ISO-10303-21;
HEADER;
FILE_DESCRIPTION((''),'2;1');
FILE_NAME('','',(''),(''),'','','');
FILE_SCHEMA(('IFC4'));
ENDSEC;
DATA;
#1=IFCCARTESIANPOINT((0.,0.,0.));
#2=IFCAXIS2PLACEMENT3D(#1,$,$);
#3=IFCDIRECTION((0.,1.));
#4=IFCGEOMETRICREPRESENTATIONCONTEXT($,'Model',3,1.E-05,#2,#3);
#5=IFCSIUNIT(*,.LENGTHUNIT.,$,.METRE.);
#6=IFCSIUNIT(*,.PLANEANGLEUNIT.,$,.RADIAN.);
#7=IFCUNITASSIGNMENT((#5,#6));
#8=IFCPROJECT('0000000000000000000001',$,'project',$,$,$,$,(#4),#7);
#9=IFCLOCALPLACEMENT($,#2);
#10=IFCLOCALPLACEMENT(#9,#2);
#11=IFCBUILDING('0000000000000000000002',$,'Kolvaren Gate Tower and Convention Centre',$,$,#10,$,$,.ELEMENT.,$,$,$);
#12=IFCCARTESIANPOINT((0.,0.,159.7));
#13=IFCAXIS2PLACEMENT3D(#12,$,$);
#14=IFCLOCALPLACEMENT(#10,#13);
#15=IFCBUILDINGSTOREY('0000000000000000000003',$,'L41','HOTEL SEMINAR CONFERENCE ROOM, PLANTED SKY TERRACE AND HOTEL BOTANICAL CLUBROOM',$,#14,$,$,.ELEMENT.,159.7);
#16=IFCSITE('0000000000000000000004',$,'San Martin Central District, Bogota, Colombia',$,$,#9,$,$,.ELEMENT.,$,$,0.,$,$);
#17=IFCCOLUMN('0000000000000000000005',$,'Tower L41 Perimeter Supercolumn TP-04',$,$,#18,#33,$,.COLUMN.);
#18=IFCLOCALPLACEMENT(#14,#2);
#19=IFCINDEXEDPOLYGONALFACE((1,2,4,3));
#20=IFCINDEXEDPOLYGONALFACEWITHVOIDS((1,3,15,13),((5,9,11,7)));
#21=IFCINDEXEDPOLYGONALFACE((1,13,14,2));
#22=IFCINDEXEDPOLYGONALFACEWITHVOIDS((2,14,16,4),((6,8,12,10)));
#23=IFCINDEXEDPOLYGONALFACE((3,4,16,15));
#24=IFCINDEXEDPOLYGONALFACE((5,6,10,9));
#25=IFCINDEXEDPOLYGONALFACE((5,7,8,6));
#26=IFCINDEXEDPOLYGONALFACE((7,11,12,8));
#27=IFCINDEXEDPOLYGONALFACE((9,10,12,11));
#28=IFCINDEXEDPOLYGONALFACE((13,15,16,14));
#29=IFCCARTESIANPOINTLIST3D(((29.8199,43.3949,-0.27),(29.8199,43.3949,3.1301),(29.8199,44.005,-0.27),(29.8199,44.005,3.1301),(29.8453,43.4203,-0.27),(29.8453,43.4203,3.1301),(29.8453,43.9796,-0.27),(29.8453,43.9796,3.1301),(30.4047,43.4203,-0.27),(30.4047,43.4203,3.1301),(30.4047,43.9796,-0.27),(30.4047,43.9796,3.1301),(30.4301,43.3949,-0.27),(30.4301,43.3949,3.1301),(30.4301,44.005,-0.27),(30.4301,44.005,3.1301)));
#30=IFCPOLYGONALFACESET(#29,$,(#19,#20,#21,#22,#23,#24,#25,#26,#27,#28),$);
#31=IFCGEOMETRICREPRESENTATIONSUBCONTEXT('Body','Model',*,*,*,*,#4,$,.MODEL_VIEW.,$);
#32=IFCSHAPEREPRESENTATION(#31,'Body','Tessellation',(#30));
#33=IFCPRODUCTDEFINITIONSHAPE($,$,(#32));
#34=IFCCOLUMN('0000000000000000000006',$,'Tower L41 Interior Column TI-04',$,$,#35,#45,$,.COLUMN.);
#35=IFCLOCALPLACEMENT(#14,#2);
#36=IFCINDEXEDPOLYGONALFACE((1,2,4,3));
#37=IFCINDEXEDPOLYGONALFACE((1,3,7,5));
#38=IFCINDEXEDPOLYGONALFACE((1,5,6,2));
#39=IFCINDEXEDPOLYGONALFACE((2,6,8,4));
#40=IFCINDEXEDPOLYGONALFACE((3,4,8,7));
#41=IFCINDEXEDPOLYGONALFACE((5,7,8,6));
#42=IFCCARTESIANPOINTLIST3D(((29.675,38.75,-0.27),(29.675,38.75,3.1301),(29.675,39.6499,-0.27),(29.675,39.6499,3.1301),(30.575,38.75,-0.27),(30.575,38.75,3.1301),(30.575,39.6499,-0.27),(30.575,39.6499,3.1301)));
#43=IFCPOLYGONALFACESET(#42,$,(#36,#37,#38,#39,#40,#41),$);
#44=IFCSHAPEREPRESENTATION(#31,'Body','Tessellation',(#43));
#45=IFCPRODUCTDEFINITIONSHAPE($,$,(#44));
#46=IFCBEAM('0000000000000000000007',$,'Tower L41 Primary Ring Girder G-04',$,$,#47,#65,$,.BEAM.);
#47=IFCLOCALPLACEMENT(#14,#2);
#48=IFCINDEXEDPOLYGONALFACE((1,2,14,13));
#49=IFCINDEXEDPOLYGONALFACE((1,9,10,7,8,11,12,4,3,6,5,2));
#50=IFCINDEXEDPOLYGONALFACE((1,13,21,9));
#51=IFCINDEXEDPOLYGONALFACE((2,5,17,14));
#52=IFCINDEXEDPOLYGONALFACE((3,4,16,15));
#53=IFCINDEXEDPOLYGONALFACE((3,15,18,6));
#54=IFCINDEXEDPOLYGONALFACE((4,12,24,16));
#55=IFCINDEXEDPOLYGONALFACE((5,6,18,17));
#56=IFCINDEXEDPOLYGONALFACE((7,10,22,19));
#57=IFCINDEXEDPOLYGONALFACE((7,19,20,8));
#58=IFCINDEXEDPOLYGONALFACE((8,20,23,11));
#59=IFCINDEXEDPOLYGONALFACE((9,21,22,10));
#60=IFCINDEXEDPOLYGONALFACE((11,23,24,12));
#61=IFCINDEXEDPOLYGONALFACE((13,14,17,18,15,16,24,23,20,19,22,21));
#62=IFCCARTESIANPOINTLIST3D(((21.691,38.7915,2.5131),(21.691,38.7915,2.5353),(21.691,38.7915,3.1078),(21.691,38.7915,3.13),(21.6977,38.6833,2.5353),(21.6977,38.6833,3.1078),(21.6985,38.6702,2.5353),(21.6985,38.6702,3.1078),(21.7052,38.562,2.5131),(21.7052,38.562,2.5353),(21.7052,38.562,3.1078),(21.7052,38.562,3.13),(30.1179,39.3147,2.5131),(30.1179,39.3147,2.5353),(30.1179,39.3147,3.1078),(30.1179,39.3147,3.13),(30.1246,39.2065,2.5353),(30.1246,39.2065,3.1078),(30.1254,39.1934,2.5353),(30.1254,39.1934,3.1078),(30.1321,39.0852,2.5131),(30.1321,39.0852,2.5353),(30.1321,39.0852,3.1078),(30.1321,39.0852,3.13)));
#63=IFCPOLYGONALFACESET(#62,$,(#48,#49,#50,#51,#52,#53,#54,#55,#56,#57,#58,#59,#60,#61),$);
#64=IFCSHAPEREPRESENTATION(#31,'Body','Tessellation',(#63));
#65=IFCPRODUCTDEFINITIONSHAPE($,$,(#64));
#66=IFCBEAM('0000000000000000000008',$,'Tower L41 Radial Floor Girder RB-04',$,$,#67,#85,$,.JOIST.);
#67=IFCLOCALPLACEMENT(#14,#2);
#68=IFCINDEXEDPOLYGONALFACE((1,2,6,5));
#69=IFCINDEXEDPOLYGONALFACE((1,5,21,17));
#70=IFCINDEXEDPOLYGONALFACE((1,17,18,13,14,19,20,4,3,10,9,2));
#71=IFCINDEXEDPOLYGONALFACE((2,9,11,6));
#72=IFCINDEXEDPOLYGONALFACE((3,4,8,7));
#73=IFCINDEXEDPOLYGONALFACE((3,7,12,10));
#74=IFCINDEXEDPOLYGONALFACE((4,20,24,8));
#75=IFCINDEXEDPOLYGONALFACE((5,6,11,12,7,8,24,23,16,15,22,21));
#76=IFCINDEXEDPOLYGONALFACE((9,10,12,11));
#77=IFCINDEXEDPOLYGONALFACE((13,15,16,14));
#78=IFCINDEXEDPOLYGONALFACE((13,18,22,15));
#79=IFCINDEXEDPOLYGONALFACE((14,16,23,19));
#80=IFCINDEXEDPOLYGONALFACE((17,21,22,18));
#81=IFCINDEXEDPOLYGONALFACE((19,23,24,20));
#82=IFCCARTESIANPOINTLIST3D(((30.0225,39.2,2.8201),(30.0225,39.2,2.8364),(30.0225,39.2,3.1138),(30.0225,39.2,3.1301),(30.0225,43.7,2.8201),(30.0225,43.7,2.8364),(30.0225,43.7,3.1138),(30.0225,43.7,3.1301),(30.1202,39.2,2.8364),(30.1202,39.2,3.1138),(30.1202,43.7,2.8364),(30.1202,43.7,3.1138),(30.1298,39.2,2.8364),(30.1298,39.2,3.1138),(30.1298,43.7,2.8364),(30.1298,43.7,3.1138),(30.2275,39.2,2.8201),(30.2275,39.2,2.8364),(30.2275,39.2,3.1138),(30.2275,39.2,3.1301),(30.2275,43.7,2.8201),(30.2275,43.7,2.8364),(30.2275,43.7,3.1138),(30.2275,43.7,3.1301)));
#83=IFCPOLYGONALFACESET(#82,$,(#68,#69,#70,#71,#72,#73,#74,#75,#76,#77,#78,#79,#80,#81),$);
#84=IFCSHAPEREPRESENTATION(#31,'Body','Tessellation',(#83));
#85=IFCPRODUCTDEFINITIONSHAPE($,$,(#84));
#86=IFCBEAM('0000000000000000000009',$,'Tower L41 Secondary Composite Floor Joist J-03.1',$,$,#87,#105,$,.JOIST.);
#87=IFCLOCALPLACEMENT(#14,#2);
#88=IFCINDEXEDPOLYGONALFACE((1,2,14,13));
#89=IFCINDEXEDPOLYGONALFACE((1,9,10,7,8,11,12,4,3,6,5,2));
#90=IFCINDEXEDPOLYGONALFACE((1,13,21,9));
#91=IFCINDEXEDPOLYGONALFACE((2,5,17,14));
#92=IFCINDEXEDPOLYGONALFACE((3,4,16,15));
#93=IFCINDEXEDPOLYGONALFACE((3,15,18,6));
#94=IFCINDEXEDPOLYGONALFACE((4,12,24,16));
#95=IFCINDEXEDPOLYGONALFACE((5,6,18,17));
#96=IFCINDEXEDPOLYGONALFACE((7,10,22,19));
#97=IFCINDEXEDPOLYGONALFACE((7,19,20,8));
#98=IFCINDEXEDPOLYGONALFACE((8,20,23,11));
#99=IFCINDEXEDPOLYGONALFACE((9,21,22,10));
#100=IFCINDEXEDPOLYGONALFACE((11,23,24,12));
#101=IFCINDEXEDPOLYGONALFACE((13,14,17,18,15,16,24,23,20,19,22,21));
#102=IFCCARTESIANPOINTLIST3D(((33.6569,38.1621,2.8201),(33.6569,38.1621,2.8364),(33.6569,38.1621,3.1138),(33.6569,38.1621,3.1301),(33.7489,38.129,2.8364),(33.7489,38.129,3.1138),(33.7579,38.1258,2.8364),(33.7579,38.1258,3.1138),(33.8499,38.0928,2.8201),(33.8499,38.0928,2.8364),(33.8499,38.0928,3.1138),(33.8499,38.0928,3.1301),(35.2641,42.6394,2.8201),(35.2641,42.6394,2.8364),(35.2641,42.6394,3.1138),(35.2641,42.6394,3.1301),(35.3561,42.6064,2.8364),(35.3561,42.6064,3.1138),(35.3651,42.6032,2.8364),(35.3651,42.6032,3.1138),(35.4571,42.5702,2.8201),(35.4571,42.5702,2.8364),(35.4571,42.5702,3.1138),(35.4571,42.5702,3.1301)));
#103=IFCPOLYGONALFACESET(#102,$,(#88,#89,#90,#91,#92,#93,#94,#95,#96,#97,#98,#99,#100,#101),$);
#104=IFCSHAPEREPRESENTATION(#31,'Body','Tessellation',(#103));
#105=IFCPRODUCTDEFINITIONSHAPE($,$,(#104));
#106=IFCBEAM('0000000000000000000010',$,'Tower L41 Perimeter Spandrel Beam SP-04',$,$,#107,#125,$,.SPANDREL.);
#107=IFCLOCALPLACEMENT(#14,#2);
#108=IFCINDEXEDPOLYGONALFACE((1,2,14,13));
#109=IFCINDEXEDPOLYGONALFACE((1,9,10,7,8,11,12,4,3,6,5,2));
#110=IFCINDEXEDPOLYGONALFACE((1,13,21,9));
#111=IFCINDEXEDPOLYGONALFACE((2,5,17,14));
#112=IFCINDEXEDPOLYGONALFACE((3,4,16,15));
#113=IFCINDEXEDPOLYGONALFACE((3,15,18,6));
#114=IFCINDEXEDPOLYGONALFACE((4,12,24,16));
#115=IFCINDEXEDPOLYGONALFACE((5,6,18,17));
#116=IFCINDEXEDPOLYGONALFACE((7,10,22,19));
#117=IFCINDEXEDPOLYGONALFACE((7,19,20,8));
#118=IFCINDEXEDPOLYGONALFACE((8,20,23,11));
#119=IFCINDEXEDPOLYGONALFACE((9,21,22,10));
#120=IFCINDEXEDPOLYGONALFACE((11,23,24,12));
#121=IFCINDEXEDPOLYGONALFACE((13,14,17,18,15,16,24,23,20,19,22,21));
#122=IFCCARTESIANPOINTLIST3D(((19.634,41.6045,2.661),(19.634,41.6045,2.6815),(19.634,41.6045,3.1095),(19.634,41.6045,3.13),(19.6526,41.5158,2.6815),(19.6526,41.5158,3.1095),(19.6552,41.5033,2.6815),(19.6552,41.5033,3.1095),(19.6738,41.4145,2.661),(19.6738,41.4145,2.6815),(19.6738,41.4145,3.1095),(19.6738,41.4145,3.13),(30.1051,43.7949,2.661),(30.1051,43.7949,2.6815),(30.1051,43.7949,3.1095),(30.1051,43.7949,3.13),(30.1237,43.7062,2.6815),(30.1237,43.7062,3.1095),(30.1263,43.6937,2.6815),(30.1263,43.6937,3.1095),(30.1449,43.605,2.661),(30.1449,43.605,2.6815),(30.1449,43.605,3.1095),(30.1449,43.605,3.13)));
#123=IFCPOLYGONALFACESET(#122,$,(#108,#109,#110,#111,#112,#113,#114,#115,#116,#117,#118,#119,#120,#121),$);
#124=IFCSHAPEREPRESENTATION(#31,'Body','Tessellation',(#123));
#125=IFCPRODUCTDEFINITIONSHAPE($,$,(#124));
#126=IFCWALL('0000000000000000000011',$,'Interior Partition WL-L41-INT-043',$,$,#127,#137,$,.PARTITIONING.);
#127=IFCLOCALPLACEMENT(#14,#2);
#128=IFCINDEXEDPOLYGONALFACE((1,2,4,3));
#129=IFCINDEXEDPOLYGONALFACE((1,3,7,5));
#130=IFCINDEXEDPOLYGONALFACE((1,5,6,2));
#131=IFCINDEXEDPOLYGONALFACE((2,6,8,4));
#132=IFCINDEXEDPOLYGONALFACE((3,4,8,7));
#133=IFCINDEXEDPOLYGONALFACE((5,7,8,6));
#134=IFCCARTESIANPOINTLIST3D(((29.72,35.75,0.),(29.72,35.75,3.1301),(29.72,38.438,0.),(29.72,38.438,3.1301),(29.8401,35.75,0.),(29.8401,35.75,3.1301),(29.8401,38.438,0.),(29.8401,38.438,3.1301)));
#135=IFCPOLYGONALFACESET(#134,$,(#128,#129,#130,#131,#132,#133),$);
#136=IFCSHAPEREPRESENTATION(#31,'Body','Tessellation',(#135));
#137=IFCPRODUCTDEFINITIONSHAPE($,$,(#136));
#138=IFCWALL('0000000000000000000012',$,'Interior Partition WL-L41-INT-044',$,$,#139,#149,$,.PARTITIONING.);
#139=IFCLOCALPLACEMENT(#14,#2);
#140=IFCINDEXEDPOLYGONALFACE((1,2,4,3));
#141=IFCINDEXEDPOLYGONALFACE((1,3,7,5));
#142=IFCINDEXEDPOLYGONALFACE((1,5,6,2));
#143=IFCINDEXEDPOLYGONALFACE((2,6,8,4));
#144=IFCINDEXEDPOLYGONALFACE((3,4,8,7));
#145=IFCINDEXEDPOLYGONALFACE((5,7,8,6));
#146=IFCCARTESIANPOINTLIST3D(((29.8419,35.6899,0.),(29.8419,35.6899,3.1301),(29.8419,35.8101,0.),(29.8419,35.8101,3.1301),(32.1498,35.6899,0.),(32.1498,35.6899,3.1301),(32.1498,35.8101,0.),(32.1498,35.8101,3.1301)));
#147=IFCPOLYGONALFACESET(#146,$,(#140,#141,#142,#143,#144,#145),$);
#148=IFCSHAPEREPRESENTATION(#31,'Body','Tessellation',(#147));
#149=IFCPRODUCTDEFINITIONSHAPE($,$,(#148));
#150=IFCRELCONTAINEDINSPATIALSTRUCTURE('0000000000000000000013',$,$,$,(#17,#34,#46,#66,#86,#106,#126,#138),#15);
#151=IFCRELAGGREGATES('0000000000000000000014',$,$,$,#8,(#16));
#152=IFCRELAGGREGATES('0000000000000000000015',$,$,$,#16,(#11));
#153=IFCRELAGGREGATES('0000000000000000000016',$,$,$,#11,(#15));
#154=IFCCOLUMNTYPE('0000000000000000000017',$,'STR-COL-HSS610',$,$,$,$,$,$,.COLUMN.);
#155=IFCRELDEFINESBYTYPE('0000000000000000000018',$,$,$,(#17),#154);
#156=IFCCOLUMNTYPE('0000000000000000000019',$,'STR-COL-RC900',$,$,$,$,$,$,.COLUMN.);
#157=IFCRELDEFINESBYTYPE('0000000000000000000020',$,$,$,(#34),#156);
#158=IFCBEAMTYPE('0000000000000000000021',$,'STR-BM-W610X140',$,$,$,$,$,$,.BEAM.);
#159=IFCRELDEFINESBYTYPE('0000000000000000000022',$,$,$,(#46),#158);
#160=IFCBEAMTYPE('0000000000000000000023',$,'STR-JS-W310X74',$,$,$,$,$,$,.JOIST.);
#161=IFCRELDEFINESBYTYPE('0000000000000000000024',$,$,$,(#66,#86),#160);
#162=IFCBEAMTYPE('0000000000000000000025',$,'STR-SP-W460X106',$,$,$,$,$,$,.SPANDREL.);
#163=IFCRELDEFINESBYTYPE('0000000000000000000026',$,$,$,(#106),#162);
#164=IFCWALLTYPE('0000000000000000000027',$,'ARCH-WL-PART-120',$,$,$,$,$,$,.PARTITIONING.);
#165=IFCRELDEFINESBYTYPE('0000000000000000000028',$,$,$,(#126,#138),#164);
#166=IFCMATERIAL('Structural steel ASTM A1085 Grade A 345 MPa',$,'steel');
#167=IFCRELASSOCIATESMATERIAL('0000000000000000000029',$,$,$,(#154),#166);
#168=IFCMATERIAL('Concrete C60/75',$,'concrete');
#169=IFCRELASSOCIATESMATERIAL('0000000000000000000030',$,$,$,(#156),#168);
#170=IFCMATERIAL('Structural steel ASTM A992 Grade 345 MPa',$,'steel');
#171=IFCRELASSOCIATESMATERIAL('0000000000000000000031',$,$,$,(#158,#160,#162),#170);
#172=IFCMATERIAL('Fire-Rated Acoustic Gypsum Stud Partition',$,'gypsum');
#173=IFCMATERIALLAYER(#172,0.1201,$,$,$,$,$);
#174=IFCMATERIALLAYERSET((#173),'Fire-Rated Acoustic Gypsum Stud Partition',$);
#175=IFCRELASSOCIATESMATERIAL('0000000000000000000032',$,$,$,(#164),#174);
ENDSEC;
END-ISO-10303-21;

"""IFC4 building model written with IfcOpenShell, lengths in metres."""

from ifc_helpers import new_model, si_unit, direction, frame, frame_2d, origin, origin_2d, place, context, subcontext, project, spatial, rectangle, hollow_rectangle, i_section, extrude, material, layer, layer_set, material_profile, profile_set, type_object, element, save


model = new_model("IFC4")

# Units and contexts
model_context = context("Model", 3, precision=1e-05, world=origin(), true_north=direction((0.0, 1.0)))
body_context = subcontext(model_context, "Body", "Model", "MODEL_VIEW")
ifc_project = project(units=[si_unit("LENGTHUNIT", "METRE"), si_unit("PLANEANGLEUNIT", "RADIAN")], contexts=[model_context])

# Site, building, storey
site_placement = place(None, origin())
site = spatial("IfcSite", under=ifc_project, at=site_placement, Name="San Martin Central District, Bogota, Colombia", CompositionType="ELEMENT", RefElevation=0.0)
building_placement = place(site_placement, origin())
building = spatial("IfcBuilding", under=site, at=building_placement, Name="Kolvaren Gate Tower and Convention Centre", CompositionType="ELEMENT")
storey_placement = place(building_placement, frame((0.0, 0.0, 159.7)))
storey = spatial("IfcBuildingStorey", under=building, at=storey_placement, Name="L41", Description="HOTEL SEMINAR CONFERENCE ROOM, PLANTED SKY TERRACE AND HOTEL BOTANICAL CLUBROOM", CompositionType="ELEMENT", Elevation=159.7)

# Columns
ifc_material_1 = material(Name="Structural steel ASTM A1085 Grade A 345 MPa", Category="steel")
ifc_material_profile_1 = material_profile(ifc_material_1, hollow_rectangle(XDim=0.6101, YDim=0.6101, WallThickness=0.0254, at=origin_2d()), Name="HSS610X610X25.4")
ifc_profile_set_1 = profile_set([ifc_material_profile_1], Name="Structural steel ASTM A1085 Grade A 345 MPa")
column_type_1 = type_object("IfcColumnType", Name="STR-COL-HSS610", PredefinedType="COLUMN", material=ifc_profile_set_1)
column_1_placement = place(storey_placement, frame((30.125, 43.7, -0.27), z_axis=(0.0, 0.0, 1.0), x_axis=(1.0, 0.0, 0.0)))
element("IfcColumn", 1, at=column_1_placement, inside=storey, type_object=column_type_1, Name="Tower L41 Perimeter Supercolumn TP-04", PredefinedType="COLUMN", context=body_context, shape_type="SweptSolid", body=[
    extrude(hollow_rectangle(XDim=0.6101, YDim=0.6101, WallThickness=0.0254, at=origin_2d()), origin(), (0.0, 0.0, 1.0), 3.4001),
])
ifc_material_2 = material(Name="Concrete C60/75", Category="concrete")
ifc_material_profile_2 = material_profile(ifc_material_2, rectangle(XDim=0.8999, YDim=0.8999, at=origin_2d()), Name="RC-COL-900X900")
ifc_profile_set_2 = profile_set([ifc_material_profile_2], Name="Concrete C60/75")
column_type_2 = type_object("IfcColumnType", Name="STR-COL-RC900", PredefinedType="COLUMN", material=ifc_profile_set_2)
column_2_placement = place(storey_placement, frame((30.125, 39.2, -0.27), z_axis=(0.0, 0.0, 1.0), x_axis=(1.0, 0.0, 0.0)))
element("IfcColumn", 2, at=column_2_placement, inside=storey, type_object=column_type_2, Name="Tower L41 Interior Column TI-04", PredefinedType="COLUMN", context=body_context, shape_type="SweptSolid", body=[
    extrude(rectangle(XDim=0.8999, YDim=0.8999, at=origin_2d()), origin(), (0.0, 0.0, 1.0), 3.4001),
])

# Beams
ifc_material_3 = material(Name="Structural steel ASTM A992 Grade 345 MPa", Category="steel")
ifc_material_profile_3 = material_profile(ifc_material_3, i_section(OverallWidth=0.23, OverallDepth=0.6169, WebThickness=0.0132, FlangeThickness=0.0222, at=origin_2d()), Name="W610X140")
ifc_profile_set_3 = profile_set([ifc_material_profile_3], Name="Structural steel ASTM A992 Grade 345 MPa")
beam_type_1 = type_object("IfcBeamType", Name="STR-BM-W610X140", PredefinedType="BEAM", material=ifc_profile_set_3)
beam_1_placement = place(storey_placement, frame((30.125, 39.2, 2.8215), z_axis=(-0.998078, -0.061966, 0.0), x_axis=(0.061966, -0.998078, 0.0)))
element("IfcBeam", 3, at=beam_1_placement, inside=storey, type_object=beam_type_1, Name="Tower L41 Primary Ring Girder G-04", PredefinedType="BEAM", context=body_context, shape_type="SweptSolid", body=[
    extrude(i_section(OverallWidth=0.23, OverallDepth=0.6169, WebThickness=0.0132, FlangeThickness=0.0222, at=origin_2d()), origin(), (0.0, 0.0, 1.0), 8.4431),
])
ifc_material_profile_4 = material_profile(ifc_material_3, i_section(OverallWidth=0.2051, OverallDepth=0.3101, WebThickness=0.0095, FlangeThickness=0.0164, at=origin_2d()), Name="W310X74")
ifc_profile_set_4 = profile_set([ifc_material_profile_4], Name="Structural steel ASTM A992 Grade 345 MPa")
beam_type_2 = type_object("IfcBeamType", Name="STR-JS-W310X74", PredefinedType="JOIST", material=ifc_profile_set_4)
beam_2_placement = place(storey_placement, frame((30.125, 39.2, 2.9751), z_axis=(0.0, 1.0, 0.0), x_axis=(-1.0, 0.0, 0.0)))
element("IfcBeam", 4, at=beam_2_placement, inside=storey, type_object=beam_type_2, Name="Tower L41 Radial Floor Girder RB-04", PredefinedType="JOIST", context=body_context, shape_type="SweptSolid", body=[
    extrude(i_section(OverallWidth=0.2051, OverallDepth=0.3101, WebThickness=0.0095, FlangeThickness=0.0164, at=origin_2d()), origin(), (0.0, 0.0, 1.0), 4.5),
])
beam_3_placement = place(storey_placement, frame((33.7534, 38.1274, 2.9751), z_axis=(0.337854, 0.941198, 0.0), x_axis=(-0.941198, 0.337854, 0.0)))
element("IfcBeam", 5, at=beam_3_placement, inside=storey, type_object=beam_type_2, Name="Tower L41 Secondary Composite Floor Joist J-03.1", PredefinedType="JOIST", context=body_context, shape_type="SweptSolid", body=[
    extrude(i_section(OverallWidth=0.2051, OverallDepth=0.3101, WebThickness=0.0095, FlangeThickness=0.0164, at=origin_2d()), origin(), (0.0, 0.0, 1.0), 4.7571),
])
ifc_material_profile_5 = material_profile(ifc_material_3, i_section(OverallWidth=0.1941, OverallDepth=0.469, WebThickness=0.0127, FlangeThickness=0.0205, at=origin_2d()), Name="W460X106")
ifc_profile_set_5 = profile_set([ifc_material_profile_5], Name="Structural steel ASTM A992 Grade 345 MPa")
beam_type_3 = type_object("IfcBeamType", Name="STR-SP-W460X106", PredefinedType="SPANDREL", material=ifc_profile_set_5)
beam_4_placement = place(storey_placement, frame((30.125, 43.7, 2.8955), z_axis=(-0.978813, -0.204754, 0.0), x_axis=(0.204754, -0.978813, 0.0)))
element("IfcBeam", 6, at=beam_4_placement, inside=storey, type_object=beam_type_3, Name="Tower L41 Perimeter Spandrel Beam SP-04", PredefinedType="SPANDREL", context=body_context, shape_type="SweptSolid", body=[
    extrude(i_section(OverallWidth=0.1941, OverallDepth=0.469, WebThickness=0.0127, FlangeThickness=0.0205, at=origin_2d()), origin(), (0.0, 0.0, 1.0), 10.6978),
])

# Walls
ifc_material_4 = material(Name="Fire-Rated Acoustic Gypsum Stud Partition", Category="gypsum")
ifc_layer_1 = layer(ifc_material_4, 0.1201)
ifc_layer_set_1 = layer_set([ifc_layer_1], Name="Fire-Rated Acoustic Gypsum Stud Partition")
wall_type_1 = type_object("IfcWallType", Name="ARCH-WL-PART-120", PredefinedType="PARTITIONING", material=ifc_layer_set_1)
wall_1_placement = place(storey_placement, frame((29.78, 35.75, 0.0), z_axis=(0.0, 0.0, 1.0), x_axis=(0.0, 1.0, 0.0)))
element("IfcWall", 7, at=wall_1_placement, inside=storey, type_object=wall_type_1, Name="Interior Partition WL-L41-INT-043", PredefinedType="PARTITIONING", context=body_context, shape_type="SweptSolid", body=[
    extrude(rectangle(XDim=2.688, YDim=0.1201, at=frame_2d((1.344, 0.0))), origin(), (0.0, 0.0, 1.0), 3.1301),
])
wall_2_placement = place(storey_placement, frame((29.842, 35.75, 0.0), z_axis=(0.0, 0.0, 1.0), x_axis=(1.0, 0.0, 0.0)))
element("IfcWall", 8, at=wall_2_placement, inside=storey, type_object=wall_type_1, Name="Interior Partition WL-L41-INT-044", PredefinedType="PARTITIONING", context=body_context, shape_type="SweptSolid", body=[
    extrude(rectangle(XDim=2.3079, YDim=0.1201, at=frame_2d((1.1538, 0.0))), origin(), (0.0, 0.0, 1.0), 3.1301),
])

save(model, "model.ifc")
